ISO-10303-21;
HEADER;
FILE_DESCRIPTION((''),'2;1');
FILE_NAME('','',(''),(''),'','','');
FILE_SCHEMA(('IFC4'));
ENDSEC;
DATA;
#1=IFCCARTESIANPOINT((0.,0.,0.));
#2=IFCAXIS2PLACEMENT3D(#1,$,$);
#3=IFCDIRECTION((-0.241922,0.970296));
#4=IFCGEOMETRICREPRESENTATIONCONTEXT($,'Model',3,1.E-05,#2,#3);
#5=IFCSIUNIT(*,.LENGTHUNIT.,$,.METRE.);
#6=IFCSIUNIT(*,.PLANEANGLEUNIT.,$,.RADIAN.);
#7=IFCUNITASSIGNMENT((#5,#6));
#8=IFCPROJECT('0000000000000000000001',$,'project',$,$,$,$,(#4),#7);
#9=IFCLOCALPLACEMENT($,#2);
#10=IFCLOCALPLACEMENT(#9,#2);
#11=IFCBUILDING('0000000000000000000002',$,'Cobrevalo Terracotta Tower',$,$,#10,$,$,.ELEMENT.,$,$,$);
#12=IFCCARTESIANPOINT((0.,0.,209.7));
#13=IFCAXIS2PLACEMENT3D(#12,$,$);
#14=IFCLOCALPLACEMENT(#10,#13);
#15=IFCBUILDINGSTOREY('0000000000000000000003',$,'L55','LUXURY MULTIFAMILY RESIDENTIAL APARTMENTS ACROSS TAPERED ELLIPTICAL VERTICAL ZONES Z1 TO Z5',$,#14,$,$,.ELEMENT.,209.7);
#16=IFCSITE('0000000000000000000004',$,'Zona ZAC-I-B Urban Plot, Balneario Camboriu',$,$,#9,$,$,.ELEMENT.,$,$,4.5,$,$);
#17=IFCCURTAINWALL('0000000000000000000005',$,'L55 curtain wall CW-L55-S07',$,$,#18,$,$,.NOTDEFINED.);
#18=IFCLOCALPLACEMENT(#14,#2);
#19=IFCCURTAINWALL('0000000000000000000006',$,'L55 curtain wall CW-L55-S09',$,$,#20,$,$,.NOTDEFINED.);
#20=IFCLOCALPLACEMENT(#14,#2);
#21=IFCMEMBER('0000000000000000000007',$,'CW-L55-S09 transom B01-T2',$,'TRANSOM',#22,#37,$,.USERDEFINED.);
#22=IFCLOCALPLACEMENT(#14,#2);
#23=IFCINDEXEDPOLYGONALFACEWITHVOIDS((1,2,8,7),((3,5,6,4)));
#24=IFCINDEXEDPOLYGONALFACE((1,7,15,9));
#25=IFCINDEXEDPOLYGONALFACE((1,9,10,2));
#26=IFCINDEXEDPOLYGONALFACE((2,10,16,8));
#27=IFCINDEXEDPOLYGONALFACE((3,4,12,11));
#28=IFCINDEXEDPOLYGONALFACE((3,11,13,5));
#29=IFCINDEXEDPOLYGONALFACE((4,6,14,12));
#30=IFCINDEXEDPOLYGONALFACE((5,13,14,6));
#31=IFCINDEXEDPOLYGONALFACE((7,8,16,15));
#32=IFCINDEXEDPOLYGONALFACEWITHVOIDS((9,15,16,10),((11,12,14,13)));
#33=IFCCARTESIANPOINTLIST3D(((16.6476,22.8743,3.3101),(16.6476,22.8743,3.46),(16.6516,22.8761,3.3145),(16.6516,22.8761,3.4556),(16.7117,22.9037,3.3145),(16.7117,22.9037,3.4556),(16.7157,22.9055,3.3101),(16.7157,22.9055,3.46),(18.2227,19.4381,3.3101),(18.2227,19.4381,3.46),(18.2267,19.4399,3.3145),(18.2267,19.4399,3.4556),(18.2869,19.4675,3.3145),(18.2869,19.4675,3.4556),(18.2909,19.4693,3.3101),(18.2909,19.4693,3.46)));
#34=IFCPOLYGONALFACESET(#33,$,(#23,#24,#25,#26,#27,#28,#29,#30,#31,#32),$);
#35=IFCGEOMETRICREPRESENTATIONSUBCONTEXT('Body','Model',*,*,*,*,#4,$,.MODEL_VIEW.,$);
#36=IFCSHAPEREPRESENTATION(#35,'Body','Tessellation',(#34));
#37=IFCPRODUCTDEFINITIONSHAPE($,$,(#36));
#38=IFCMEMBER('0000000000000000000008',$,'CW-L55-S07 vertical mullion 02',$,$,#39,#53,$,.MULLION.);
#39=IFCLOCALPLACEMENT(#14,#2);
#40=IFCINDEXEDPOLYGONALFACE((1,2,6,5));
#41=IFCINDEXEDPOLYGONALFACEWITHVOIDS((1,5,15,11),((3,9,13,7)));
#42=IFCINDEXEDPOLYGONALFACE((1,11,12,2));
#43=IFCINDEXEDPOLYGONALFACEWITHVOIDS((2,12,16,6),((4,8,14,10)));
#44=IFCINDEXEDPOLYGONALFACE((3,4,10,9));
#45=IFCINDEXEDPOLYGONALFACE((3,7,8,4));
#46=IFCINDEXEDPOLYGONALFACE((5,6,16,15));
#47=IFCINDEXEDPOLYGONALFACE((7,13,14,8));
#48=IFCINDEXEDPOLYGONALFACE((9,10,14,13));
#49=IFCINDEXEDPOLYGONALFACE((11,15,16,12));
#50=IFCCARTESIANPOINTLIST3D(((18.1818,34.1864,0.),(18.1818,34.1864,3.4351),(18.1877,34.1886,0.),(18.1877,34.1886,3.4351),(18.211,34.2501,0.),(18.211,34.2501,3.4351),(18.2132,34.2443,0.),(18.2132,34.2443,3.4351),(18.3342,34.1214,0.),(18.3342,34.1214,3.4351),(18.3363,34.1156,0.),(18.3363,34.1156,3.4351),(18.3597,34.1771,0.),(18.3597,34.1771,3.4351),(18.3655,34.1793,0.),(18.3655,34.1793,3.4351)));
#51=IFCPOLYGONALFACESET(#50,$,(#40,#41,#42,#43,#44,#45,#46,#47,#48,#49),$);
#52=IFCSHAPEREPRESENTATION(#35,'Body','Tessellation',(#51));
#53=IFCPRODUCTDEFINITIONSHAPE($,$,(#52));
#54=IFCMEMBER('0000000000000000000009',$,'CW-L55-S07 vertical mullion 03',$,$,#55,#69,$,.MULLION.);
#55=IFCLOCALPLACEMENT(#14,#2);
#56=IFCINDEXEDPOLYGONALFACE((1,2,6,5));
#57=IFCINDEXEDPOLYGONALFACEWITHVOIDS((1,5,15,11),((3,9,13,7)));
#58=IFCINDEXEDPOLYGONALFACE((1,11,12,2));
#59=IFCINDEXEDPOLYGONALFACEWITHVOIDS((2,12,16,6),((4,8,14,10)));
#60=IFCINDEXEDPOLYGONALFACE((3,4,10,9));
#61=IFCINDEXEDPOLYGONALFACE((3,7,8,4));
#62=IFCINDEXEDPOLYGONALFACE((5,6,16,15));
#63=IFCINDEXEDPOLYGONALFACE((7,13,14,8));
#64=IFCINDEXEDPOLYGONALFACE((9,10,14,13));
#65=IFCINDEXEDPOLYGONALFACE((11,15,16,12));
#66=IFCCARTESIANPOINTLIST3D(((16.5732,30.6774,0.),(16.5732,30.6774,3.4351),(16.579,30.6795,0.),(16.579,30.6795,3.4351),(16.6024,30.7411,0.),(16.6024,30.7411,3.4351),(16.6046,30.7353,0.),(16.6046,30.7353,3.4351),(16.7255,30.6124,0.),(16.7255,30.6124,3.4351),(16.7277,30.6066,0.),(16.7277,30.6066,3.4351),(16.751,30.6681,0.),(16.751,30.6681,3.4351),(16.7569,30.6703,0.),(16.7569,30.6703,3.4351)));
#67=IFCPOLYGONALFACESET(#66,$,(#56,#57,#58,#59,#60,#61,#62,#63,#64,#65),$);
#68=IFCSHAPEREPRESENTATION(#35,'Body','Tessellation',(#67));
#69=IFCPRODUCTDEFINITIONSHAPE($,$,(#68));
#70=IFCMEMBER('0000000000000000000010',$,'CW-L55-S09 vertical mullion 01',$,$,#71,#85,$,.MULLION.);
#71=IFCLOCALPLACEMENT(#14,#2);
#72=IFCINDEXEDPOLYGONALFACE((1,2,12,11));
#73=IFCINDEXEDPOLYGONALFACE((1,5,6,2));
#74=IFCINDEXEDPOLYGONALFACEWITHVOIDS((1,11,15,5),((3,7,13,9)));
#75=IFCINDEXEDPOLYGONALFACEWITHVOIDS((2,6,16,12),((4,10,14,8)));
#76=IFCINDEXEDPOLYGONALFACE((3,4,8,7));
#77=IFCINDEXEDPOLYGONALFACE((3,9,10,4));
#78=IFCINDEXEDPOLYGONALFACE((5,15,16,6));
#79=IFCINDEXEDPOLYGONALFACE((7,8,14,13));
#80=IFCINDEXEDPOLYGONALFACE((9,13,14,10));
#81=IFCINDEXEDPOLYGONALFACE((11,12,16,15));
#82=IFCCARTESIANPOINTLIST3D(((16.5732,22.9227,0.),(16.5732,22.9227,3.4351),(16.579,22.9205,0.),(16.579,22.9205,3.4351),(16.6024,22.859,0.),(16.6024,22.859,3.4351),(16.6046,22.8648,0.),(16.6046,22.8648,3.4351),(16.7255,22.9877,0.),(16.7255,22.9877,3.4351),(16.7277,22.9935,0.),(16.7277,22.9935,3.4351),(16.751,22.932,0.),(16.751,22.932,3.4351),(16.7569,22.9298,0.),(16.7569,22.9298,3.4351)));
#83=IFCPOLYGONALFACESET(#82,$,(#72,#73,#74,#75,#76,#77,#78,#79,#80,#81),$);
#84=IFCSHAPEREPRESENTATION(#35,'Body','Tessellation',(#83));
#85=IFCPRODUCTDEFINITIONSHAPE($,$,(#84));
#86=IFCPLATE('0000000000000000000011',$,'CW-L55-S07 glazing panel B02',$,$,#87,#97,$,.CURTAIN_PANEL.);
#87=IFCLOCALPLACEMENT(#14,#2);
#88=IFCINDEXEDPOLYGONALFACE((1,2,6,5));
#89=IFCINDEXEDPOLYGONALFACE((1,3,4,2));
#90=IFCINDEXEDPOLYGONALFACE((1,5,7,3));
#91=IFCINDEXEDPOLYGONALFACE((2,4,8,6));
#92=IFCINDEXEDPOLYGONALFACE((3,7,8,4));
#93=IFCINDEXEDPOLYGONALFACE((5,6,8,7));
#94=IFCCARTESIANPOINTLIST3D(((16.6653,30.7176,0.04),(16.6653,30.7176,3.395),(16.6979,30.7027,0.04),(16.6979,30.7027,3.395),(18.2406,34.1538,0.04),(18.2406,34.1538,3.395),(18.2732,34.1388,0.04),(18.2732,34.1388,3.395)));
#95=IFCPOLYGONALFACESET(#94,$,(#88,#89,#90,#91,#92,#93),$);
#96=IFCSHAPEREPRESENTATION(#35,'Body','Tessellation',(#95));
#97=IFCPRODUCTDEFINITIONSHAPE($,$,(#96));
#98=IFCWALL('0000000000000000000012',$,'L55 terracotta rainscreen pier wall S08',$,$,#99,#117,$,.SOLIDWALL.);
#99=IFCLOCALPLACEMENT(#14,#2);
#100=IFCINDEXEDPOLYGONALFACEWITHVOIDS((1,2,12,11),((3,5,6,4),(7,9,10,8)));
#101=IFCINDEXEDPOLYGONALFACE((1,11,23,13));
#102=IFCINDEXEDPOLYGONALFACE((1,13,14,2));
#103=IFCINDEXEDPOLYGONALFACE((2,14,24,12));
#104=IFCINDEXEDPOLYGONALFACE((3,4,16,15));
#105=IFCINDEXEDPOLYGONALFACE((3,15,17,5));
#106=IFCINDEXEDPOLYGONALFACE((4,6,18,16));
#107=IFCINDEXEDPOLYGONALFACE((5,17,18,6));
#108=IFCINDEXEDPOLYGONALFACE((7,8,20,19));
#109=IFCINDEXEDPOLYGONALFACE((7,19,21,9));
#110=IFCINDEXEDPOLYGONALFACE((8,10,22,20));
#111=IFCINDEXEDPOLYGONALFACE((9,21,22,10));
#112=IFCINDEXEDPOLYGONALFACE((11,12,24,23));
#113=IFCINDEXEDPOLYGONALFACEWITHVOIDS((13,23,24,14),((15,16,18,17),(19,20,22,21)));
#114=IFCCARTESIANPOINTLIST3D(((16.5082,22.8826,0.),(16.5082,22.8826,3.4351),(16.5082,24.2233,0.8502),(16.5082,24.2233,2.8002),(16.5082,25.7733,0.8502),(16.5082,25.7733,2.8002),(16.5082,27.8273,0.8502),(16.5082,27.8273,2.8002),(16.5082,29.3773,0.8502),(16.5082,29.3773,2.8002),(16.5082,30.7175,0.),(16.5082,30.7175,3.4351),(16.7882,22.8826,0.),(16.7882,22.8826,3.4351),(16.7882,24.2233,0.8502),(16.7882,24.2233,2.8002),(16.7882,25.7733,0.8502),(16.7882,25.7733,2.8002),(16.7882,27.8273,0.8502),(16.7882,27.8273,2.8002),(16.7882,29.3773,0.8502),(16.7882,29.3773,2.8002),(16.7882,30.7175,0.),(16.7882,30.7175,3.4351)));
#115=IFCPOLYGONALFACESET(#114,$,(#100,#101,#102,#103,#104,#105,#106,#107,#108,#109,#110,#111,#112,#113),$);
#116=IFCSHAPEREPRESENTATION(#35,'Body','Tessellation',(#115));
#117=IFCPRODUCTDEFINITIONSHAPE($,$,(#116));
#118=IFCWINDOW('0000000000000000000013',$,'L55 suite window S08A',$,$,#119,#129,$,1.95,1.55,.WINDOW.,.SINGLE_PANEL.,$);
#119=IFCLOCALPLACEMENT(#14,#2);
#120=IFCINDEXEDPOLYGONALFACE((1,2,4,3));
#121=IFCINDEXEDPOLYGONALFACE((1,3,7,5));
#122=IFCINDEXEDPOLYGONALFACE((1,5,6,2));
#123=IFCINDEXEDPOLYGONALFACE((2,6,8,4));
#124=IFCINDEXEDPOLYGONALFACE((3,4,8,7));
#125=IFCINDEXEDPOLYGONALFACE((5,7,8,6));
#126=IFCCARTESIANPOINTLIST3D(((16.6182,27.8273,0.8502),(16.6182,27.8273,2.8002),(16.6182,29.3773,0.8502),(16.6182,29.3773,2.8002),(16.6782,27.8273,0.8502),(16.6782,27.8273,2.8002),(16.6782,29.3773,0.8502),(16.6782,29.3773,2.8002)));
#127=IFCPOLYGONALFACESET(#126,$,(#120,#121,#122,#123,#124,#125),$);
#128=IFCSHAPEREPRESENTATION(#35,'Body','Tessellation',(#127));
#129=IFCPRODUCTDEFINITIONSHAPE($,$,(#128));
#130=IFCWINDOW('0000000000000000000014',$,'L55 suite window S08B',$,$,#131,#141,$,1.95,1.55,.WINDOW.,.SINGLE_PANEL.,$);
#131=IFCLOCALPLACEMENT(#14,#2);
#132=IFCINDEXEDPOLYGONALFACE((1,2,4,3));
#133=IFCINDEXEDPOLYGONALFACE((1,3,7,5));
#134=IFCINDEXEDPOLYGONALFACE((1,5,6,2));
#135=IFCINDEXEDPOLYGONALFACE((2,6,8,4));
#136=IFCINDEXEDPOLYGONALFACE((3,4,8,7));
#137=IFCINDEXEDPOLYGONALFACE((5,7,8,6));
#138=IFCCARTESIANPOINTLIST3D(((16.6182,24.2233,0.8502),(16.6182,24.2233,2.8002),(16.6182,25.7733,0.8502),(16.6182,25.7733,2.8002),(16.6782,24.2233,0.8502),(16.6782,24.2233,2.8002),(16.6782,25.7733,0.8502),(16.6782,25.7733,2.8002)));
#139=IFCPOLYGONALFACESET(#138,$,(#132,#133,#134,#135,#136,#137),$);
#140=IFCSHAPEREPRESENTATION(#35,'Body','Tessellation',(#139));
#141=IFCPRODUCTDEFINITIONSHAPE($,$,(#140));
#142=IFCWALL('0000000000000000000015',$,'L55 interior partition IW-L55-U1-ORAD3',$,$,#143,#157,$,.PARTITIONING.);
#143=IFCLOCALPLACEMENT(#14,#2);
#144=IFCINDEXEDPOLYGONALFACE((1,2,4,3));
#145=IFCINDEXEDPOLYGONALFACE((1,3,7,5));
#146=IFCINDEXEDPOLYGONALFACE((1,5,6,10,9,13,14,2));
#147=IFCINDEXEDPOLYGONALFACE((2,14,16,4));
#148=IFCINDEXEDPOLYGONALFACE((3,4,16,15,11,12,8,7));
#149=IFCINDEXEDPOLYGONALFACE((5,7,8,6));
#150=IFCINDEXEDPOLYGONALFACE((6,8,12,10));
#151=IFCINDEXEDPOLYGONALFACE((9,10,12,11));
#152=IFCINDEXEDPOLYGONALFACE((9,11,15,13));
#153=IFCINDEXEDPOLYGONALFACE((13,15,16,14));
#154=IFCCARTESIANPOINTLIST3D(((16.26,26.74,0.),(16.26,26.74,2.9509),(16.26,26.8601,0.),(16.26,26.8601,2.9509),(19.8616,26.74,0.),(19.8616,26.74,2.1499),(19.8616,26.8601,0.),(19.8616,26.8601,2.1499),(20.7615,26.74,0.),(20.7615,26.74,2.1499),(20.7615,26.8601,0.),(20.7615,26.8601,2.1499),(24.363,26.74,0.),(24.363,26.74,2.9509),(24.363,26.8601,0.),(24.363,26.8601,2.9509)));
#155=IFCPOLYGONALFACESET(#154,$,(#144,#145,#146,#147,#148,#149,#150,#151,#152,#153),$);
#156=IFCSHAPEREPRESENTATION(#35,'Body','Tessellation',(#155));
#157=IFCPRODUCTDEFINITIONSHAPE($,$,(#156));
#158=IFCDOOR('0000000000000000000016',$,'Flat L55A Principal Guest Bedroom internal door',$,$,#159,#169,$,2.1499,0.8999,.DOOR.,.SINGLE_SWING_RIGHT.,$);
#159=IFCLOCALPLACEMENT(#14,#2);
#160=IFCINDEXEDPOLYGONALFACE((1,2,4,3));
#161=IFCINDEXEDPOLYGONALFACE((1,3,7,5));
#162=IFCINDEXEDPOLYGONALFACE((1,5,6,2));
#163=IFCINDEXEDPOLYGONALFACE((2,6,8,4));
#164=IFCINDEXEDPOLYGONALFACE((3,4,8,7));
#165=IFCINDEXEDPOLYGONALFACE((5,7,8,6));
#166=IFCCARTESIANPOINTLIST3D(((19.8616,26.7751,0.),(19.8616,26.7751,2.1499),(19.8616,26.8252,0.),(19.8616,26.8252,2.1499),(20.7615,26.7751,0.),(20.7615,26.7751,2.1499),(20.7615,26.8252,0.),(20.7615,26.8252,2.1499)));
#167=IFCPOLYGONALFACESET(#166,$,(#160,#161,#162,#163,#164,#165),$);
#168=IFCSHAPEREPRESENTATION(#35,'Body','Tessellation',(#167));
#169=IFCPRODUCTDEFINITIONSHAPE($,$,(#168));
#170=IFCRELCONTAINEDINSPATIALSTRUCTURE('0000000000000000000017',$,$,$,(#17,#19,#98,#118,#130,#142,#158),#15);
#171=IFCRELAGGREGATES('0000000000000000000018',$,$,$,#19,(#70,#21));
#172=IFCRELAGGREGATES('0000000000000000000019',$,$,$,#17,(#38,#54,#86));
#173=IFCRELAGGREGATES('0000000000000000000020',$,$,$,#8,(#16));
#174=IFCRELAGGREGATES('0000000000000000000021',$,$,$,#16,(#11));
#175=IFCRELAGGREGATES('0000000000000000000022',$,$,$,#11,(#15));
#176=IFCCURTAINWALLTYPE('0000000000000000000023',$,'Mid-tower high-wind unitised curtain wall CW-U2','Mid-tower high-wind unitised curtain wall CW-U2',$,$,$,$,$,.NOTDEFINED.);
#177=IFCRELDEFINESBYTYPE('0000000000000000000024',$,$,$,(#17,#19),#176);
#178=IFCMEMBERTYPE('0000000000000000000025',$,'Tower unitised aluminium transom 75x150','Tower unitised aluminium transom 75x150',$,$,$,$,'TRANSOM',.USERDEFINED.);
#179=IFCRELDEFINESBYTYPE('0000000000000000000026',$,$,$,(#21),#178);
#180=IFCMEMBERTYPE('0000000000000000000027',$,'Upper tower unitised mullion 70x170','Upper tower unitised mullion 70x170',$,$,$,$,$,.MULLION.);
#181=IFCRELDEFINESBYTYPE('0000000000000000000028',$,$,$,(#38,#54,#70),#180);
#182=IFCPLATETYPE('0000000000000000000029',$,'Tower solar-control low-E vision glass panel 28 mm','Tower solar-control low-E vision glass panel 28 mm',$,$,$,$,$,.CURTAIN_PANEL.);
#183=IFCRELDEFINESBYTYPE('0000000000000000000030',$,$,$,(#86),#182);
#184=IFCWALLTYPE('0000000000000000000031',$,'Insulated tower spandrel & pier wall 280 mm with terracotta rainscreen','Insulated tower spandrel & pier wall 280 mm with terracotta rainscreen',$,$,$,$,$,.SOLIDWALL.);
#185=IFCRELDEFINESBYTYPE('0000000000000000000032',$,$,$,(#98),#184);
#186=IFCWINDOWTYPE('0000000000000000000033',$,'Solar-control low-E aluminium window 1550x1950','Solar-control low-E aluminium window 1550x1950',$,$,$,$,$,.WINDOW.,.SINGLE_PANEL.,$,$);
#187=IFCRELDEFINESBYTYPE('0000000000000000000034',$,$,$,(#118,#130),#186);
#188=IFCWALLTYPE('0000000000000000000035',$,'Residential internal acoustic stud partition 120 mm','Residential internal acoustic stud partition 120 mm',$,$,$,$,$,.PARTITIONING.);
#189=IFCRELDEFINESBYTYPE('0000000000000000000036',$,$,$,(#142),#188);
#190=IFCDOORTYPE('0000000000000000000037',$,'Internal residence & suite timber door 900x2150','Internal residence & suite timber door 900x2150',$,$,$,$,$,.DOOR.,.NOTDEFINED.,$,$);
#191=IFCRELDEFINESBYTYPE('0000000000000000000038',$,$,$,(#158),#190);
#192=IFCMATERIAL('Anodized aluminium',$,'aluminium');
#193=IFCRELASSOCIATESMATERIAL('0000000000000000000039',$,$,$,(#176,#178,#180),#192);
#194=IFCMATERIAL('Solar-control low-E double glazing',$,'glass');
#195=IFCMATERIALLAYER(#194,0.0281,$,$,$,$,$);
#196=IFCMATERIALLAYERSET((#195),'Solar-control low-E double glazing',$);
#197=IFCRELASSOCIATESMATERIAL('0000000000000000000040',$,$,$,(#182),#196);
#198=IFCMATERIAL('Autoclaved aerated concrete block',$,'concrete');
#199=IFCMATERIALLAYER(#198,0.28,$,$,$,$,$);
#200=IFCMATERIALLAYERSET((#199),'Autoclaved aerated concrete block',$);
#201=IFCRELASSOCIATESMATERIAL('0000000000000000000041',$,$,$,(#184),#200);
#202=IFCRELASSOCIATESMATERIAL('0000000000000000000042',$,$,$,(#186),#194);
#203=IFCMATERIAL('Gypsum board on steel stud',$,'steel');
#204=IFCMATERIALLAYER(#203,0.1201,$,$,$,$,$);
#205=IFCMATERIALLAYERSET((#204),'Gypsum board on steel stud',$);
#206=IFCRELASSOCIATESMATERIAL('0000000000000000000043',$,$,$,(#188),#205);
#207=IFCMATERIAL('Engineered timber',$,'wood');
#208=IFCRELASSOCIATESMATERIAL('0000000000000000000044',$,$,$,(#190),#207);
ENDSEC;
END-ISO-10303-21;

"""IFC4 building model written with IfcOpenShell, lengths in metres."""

from ifc_helpers import new_model, si_unit, direction, frame, frame_2d, origin, origin_2d, place, context, subcontext, project, spatial, rectangle, hollow_rectangle, extrude, source, transform, mapped, material, layer, layer_set, material_profile, profile_set, type_object, element, fill, aggregate, save


model = new_model("IFC4")

# Units and contexts
model_context = context("Model", 3, precision=1e-05, world=origin(), true_north=direction((-0.241922, 0.970296)))
body_context = subcontext(model_context, "Body", "Model", "MODEL_VIEW")
ifc_project = project(units=[si_unit("LENGTHUNIT", "METRE"), si_unit("PLANEANGLEUNIT", "RADIAN")], contexts=[model_context])

# Site, building, storey
site_placement = place(None, origin())
site = spatial("IfcSite", under=ifc_project, at=site_placement, Name="Zona ZAC-I-B Urban Plot, Balneario Camboriu", CompositionType="ELEMENT", RefElevation=4.5)
building_placement = place(site_placement, origin())
building = spatial("IfcBuilding", under=site, at=building_placement, Name="Cobrevalo Terracotta Tower", CompositionType="ELEMENT")
storey_placement = place(building_placement, frame((0.0, 0.0, 209.7)))
storey = spatial("IfcBuildingStorey", under=building, at=storey_placement, Name="L55", Description="LUXURY MULTIFAMILY RESIDENTIAL APARTMENTS ACROSS TAPERED ELLIPTICAL VERTICAL ZONES Z1 TO Z5", CompositionType="ELEMENT", Elevation=209.7)

# Curtain walls, member
ifc_material_1 = material(Name="Anodized aluminium", Category="aluminium")
curtain_wall_type = type_object("IfcCurtainWallType", Name="Mid-tower high-wind unitised curtain wall CW-U2", Description="Mid-tower high-wind unitised curtain wall CW-U2", PredefinedType="NOTDEFINED", material=ifc_material_1)
curtain_wall_1_placement = place(storey_placement, origin())
curtain_wall_1 = element("IfcCurtainWall", 1, at=curtain_wall_1_placement, inside=storey, type_object=curtain_wall_type, Name="L55 curtain wall CW-L55-S07", PredefinedType="NOTDEFINED")
ifc_material_profile_1 = material_profile(ifc_material_1, hollow_rectangle(XDim=0.075, YDim=0.1499, WallThickness=0.0044, at=origin_2d()), Name="CWT 75x150")
ifc_profile_set_1 = profile_set([ifc_material_profile_1], Name="Anodized aluminium")
member_type_1 = type_object("IfcMemberType", Name="Tower unitised aluminium transom 75x150", Description="Tower unitised aluminium transom 75x150", ElementType="TRANSOM", PredefinedType="USERDEFINED", material=ifc_profile_set_1)
shared_shape_1 = source(origin(), body_context, "Body", "SweptSolid", [
    extrude(hollow_rectangle(XDim=0.075, YDim=0.1499, WallThickness=0.0044, at=origin_2d()), origin(), (0.0, 0.0, 1.0), 3.78),
])
curtain_wall_2_placement = place(storey_placement, origin())
curtain_wall_2 = element("IfcCurtainWall", 2, at=curtain_wall_2_placement, inside=storey, type_object=curtain_wall_type, Name="L55 curtain wall CW-L55-S09", PredefinedType="NOTDEFINED")
member_1_placement = place(storey_placement, frame((16.6816, 22.8899, 3.385), z_axis=(0.416706, -0.909041, 0.0), x_axis=(0.909041, 0.416706, 0.0)))
member_1 = element("IfcMember", 3, at=member_1_placement, type_object=member_type_1, Name="CW-L55-S09 transom B01-T2", ObjectType="TRANSOM", PredefinedType="USERDEFINED", context=body_context, shape_type="MappedRepresentation", body=[
    mapped(shared_shape_1, transform((0.0, 0.0, 0.0), scale=1.0)),
])

# Members
ifc_material_profile_2 = material_profile(ifc_material_1, hollow_rectangle(XDim=0.0701, YDim=0.1699, WallThickness=0.0044, at=origin_2d()), Name="CWM 70x170")
ifc_profile_set_2 = profile_set([ifc_material_profile_2], Name="Anodized aluminium")
member_type_2 = type_object("IfcMemberType", Name="Upper tower unitised mullion 70x170", Description="Upper tower unitised mullion 70x170", PredefinedType="MULLION", material=ifc_profile_set_2)
shared_shape_2 = source(origin(), body_context, "Body", "SweptSolid", [
    extrude(hollow_rectangle(XDim=0.0701, YDim=0.1699, WallThickness=0.0044, at=origin_2d()), origin(), (0.0, 0.0, 1.0), 3.4351),
])
member_2_placement = place(storey_placement, frame((18.2737, 34.1829, 0.0), z_axis=(0.0, 0.0, 1.0), x_axis=(-0.416725, -0.909033, 0.0)))
member_2 = element("IfcMember", 4, at=member_2_placement, type_object=member_type_2, Name="CW-L55-S07 vertical mullion 02", PredefinedType="MULLION", context=body_context, shape_type="MappedRepresentation", body=[
    mapped(shared_shape_2, transform((0.0, 0.0, 0.0), scale=1.0)),
])
member_3_placement = place(storey_placement, frame((16.665, 30.6738, 0.0), z_axis=(0.0, 0.0, 1.0), x_axis=(-0.416725, -0.909033, 0.0)))
member_3 = element("IfcMember", 5, at=member_3_placement, type_object=member_type_2, Name="CW-L55-S07 vertical mullion 03", PredefinedType="MULLION", context=body_context, shape_type="MappedRepresentation", body=[
    mapped(shared_shape_2, transform((0.0, 0.0, 0.0), scale=1.0)),
])
member_4_placement = place(storey_placement, frame((16.665, 22.9263, 0.0), z_axis=(0.0, 0.0, 1.0), x_axis=(0.416725, -0.909033, 0.0)))
member_4 = element("IfcMember", 6, at=member_4_placement, type_object=member_type_2, Name="CW-L55-S09 vertical mullion 01", PredefinedType="MULLION", context=body_context, shape_type="MappedRepresentation", body=[
    mapped(shared_shape_2, transform((0.0, 0.0, 0.0), scale=1.0)),
])
aggregate(curtain_wall_2, [member_4, member_1])

# Plate
ifc_material_2 = material(Name="Solar-control low-E double glazing", Category="glass")
ifc_layer_1 = layer(ifc_material_2, 0.0281)
ifc_layer_set_1 = layer_set([ifc_layer_1], Name="Solar-control low-E double glazing")
plate_type = type_object("IfcPlateType", Name="Tower solar-control low-E vision glass panel 28 mm", Description="Tower solar-control low-E vision glass panel 28 mm", PredefinedType="CURTAIN_PANEL", material=ifc_layer_set_1)
shared_shape_3 = source(origin(), body_context, "Body", "SweptSolid", [
    extrude(rectangle(XDim=3.78, YDim=0.0359, at=origin_2d()), origin(), (0.0, 0.0, 1.0), 3.355),
])
plate_placement = place(storey_placement, frame((17.4692, 32.4282, 0.04), z_axis=(0.0, 0.0, 1.0), x_axis=(-0.416731, -0.90903, 0.0)))
plate = element("IfcPlate", 7, at=plate_placement, type_object=plate_type, Name="CW-L55-S07 glazing panel B02", PredefinedType="CURTAIN_PANEL", context=body_context, shape_type="MappedRepresentation", body=[
    mapped(shared_shape_3, transform((0.0, 0.0, 0.0), scale=1.0)),
])
aggregate(curtain_wall_1, [member_2, member_3, plate])

# Wall, openings, windows
ifc_material_3 = material(Name="Autoclaved aerated concrete block", Category="concrete")
ifc_layer_2 = layer(ifc_material_3, 0.28)
ifc_layer_set_2 = layer_set([ifc_layer_2], Name="Autoclaved aerated concrete block")
wall_type_1 = type_object("IfcWallType", Name="Insulated tower spandrel & pier wall 280 mm with terracotta rainscreen", Description="Insulated tower spandrel & pier wall 280 mm with terracotta rainscreen", PredefinedType="SOLIDWALL", material=ifc_layer_set_2)
wall_1_placement = place(storey_placement, frame((16.6482, 30.7175, 0.0), z_axis=(0.0, 0.0, 1.0), x_axis=(0.0, -1.0, 0.0)))
wall_1 = element("IfcWall", 8, at=wall_1_placement, inside=storey, type_object=wall_type_1, Name="L55 terracotta rainscreen pier wall S08", PredefinedType="SOLIDWALL", context=body_context, shape_type="SweptSolid", body=[
    extrude(rectangle(XDim=7.835, YDim=0.28, at=frame_2d((3.9175, 0.0))), origin(), (0.0, 0.0, 1.0), 3.4351),
])
opening_1_placement = place(wall_1_placement, frame((1.3403, 0.0, 0.8501)))
opening_1 = element("IfcOpeningElement", 9, at=opening_1_placement, cuts=wall_1, PredefinedType="OPENING", context=body_context, shape_type="SweptSolid", body=[
    extrude(rectangle(XDim=1.55, YDim=1.95, at=frame_2d((0.7749, 0.9751))), frame((0.0, 0.1499, 0.0), z_axis=(0.0, -1.0, 0.0), x_axis=(1.0, 0.0, 0.0)), (0.0, 0.0, 1.0), 0.3),
])
opening_2_placement = place(wall_1_placement, frame((4.9443, 0.0, 0.8501)))
opening_2 = element("IfcOpeningElement", 10, at=opening_2_placement, cuts=wall_1, PredefinedType="OPENING", context=body_context, shape_type="SweptSolid", body=[
    extrude(rectangle(XDim=1.55, YDim=1.95, at=frame_2d((0.7749, 0.9751))), frame((0.0, 0.1499, 0.0), z_axis=(0.0, -1.0, 0.0), x_axis=(1.0, 0.0, 0.0)), (0.0, 0.0, 1.0), 0.3),
])
window_type = type_object("IfcWindowType", Name="Solar-control low-E aluminium window 1550x1950", Description="Solar-control low-E aluminium window 1550x1950", PartitioningType="SINGLE_PANEL", PredefinedType="WINDOW", material=ifc_material_2)
shared_shape_4 = source(origin(), body_context, "Body", "SweptSolid", [
    extrude(rectangle(XDim=1.55, YDim=1.95, at=frame_2d((0.7749, 0.9751))), frame((0.0, 0.03, 0.0), z_axis=(0.0, -1.0, 0.0), x_axis=(1.0, 0.0, 0.0)), (0.0, 0.0, 1.0), 0.0601),
])
window_1_placement = place(opening_1_placement, origin())
window_1 = element("IfcWindow", 11, at=window_1_placement, inside=storey, type_object=window_type, Name="L55 suite window S08A", OverallHeight=1.95, OverallWidth=1.55, PartitioningType="SINGLE_PANEL", PredefinedType="WINDOW", context=body_context, shape_type="MappedRepresentation", body=[
    mapped(shared_shape_4, transform((0.0, 0.0, 0.0), scale=1.0)),
])
fill(opening_1, window_1)
window_2_placement = place(opening_2_placement, origin())
window_2 = element("IfcWindow", 12, at=window_2_placement, inside=storey, type_object=window_type, Name="L55 suite window S08B", OverallHeight=1.95, OverallWidth=1.55, PartitioningType="SINGLE_PANEL", PredefinedType="WINDOW", context=body_context, shape_type="MappedRepresentation", body=[
    mapped(shared_shape_4, transform((0.0, 0.0, 0.0), scale=1.0)),
])
fill(opening_2, window_2)

# Wall, opening, door
ifc_material_4 = material(Name="Gypsum board on steel stud", Category="steel")
ifc_layer_3 = layer(ifc_material_4, 0.1201)
ifc_layer_set_3 = layer_set([ifc_layer_3], Name="Gypsum board on steel stud")
wall_type_2 = type_object("IfcWallType", Name="Residential internal acoustic stud partition 120 mm", Description="Residential internal acoustic stud partition 120 mm", PredefinedType="PARTITIONING", material=ifc_layer_set_3)
wall_2_placement = place(storey_placement, frame((24.363, 26.8, 0.0), z_axis=(0.0, 0.0, 1.0), x_axis=(-1.0, 0.0, 0.0)))
wall_2 = element("IfcWall", 13, at=wall_2_placement, inside=storey, type_object=wall_type_2, Name="L55 interior partition IW-L55-U1-ORAD3", PredefinedType="PARTITIONING", context=body_context, shape_type="SweptSolid", body=[
    extrude(rectangle(XDim=8.103, YDim=0.1201, at=frame_2d((4.0515, 0.0))), origin(), (0.0, 0.0, 1.0), 2.9509),
])
opening_3_placement = place(wall_2_placement, frame((3.6016, 0.0, 0.0)))
opening_3 = element("IfcOpeningElement", 14, at=opening_3_placement, cuts=wall_2, PredefinedType="OPENING", context=body_context, shape_type="SweptSolid", body=[
    extrude(rectangle(XDim=0.8999, YDim=2.1499, at=frame_2d((0.45, 1.075))), frame((0.0, 0.0701, 0.0), z_axis=(0.0, -1.0, 0.0), x_axis=(1.0, 0.0, 0.0)), (0.0, 0.0, 1.0), 0.1401),
])
ifc_material_5 = material(Name="Engineered timber", Category="wood")
door_type = type_object("IfcDoorType", Name="Internal residence & suite timber door 900x2150", Description="Internal residence & suite timber door 900x2150", OperationType="NOTDEFINED", PredefinedType="DOOR", material=ifc_material_5)
shared_shape_5 = source(origin(), body_context, "Body", "SweptSolid", [
    extrude(rectangle(XDim=0.8999, YDim=2.1499, at=frame_2d((0.45, 1.075))), frame((0.0, 0.0249, 0.0), z_axis=(0.0, -1.0, 0.0), x_axis=(1.0, 0.0, 0.0)), (0.0, 0.0, 1.0), 0.05),
])
door_placement = place(opening_3_placement, origin())
door = element("IfcDoor", 15, at=door_placement, inside=storey, type_object=door_type, Name="Flat L55A Principal Guest Bedroom internal door", OperationType="SINGLE_SWING_RIGHT", OverallHeight=2.1499, OverallWidth=0.8999, PredefinedType="DOOR", context=body_context, shape_type="MappedRepresentation", body=[
    mapped(shared_shape_5, transform((0.0, 0.0, 0.0), scale=1.0)),
])
fill(opening_3, door)

save(model, "model.ifc")
